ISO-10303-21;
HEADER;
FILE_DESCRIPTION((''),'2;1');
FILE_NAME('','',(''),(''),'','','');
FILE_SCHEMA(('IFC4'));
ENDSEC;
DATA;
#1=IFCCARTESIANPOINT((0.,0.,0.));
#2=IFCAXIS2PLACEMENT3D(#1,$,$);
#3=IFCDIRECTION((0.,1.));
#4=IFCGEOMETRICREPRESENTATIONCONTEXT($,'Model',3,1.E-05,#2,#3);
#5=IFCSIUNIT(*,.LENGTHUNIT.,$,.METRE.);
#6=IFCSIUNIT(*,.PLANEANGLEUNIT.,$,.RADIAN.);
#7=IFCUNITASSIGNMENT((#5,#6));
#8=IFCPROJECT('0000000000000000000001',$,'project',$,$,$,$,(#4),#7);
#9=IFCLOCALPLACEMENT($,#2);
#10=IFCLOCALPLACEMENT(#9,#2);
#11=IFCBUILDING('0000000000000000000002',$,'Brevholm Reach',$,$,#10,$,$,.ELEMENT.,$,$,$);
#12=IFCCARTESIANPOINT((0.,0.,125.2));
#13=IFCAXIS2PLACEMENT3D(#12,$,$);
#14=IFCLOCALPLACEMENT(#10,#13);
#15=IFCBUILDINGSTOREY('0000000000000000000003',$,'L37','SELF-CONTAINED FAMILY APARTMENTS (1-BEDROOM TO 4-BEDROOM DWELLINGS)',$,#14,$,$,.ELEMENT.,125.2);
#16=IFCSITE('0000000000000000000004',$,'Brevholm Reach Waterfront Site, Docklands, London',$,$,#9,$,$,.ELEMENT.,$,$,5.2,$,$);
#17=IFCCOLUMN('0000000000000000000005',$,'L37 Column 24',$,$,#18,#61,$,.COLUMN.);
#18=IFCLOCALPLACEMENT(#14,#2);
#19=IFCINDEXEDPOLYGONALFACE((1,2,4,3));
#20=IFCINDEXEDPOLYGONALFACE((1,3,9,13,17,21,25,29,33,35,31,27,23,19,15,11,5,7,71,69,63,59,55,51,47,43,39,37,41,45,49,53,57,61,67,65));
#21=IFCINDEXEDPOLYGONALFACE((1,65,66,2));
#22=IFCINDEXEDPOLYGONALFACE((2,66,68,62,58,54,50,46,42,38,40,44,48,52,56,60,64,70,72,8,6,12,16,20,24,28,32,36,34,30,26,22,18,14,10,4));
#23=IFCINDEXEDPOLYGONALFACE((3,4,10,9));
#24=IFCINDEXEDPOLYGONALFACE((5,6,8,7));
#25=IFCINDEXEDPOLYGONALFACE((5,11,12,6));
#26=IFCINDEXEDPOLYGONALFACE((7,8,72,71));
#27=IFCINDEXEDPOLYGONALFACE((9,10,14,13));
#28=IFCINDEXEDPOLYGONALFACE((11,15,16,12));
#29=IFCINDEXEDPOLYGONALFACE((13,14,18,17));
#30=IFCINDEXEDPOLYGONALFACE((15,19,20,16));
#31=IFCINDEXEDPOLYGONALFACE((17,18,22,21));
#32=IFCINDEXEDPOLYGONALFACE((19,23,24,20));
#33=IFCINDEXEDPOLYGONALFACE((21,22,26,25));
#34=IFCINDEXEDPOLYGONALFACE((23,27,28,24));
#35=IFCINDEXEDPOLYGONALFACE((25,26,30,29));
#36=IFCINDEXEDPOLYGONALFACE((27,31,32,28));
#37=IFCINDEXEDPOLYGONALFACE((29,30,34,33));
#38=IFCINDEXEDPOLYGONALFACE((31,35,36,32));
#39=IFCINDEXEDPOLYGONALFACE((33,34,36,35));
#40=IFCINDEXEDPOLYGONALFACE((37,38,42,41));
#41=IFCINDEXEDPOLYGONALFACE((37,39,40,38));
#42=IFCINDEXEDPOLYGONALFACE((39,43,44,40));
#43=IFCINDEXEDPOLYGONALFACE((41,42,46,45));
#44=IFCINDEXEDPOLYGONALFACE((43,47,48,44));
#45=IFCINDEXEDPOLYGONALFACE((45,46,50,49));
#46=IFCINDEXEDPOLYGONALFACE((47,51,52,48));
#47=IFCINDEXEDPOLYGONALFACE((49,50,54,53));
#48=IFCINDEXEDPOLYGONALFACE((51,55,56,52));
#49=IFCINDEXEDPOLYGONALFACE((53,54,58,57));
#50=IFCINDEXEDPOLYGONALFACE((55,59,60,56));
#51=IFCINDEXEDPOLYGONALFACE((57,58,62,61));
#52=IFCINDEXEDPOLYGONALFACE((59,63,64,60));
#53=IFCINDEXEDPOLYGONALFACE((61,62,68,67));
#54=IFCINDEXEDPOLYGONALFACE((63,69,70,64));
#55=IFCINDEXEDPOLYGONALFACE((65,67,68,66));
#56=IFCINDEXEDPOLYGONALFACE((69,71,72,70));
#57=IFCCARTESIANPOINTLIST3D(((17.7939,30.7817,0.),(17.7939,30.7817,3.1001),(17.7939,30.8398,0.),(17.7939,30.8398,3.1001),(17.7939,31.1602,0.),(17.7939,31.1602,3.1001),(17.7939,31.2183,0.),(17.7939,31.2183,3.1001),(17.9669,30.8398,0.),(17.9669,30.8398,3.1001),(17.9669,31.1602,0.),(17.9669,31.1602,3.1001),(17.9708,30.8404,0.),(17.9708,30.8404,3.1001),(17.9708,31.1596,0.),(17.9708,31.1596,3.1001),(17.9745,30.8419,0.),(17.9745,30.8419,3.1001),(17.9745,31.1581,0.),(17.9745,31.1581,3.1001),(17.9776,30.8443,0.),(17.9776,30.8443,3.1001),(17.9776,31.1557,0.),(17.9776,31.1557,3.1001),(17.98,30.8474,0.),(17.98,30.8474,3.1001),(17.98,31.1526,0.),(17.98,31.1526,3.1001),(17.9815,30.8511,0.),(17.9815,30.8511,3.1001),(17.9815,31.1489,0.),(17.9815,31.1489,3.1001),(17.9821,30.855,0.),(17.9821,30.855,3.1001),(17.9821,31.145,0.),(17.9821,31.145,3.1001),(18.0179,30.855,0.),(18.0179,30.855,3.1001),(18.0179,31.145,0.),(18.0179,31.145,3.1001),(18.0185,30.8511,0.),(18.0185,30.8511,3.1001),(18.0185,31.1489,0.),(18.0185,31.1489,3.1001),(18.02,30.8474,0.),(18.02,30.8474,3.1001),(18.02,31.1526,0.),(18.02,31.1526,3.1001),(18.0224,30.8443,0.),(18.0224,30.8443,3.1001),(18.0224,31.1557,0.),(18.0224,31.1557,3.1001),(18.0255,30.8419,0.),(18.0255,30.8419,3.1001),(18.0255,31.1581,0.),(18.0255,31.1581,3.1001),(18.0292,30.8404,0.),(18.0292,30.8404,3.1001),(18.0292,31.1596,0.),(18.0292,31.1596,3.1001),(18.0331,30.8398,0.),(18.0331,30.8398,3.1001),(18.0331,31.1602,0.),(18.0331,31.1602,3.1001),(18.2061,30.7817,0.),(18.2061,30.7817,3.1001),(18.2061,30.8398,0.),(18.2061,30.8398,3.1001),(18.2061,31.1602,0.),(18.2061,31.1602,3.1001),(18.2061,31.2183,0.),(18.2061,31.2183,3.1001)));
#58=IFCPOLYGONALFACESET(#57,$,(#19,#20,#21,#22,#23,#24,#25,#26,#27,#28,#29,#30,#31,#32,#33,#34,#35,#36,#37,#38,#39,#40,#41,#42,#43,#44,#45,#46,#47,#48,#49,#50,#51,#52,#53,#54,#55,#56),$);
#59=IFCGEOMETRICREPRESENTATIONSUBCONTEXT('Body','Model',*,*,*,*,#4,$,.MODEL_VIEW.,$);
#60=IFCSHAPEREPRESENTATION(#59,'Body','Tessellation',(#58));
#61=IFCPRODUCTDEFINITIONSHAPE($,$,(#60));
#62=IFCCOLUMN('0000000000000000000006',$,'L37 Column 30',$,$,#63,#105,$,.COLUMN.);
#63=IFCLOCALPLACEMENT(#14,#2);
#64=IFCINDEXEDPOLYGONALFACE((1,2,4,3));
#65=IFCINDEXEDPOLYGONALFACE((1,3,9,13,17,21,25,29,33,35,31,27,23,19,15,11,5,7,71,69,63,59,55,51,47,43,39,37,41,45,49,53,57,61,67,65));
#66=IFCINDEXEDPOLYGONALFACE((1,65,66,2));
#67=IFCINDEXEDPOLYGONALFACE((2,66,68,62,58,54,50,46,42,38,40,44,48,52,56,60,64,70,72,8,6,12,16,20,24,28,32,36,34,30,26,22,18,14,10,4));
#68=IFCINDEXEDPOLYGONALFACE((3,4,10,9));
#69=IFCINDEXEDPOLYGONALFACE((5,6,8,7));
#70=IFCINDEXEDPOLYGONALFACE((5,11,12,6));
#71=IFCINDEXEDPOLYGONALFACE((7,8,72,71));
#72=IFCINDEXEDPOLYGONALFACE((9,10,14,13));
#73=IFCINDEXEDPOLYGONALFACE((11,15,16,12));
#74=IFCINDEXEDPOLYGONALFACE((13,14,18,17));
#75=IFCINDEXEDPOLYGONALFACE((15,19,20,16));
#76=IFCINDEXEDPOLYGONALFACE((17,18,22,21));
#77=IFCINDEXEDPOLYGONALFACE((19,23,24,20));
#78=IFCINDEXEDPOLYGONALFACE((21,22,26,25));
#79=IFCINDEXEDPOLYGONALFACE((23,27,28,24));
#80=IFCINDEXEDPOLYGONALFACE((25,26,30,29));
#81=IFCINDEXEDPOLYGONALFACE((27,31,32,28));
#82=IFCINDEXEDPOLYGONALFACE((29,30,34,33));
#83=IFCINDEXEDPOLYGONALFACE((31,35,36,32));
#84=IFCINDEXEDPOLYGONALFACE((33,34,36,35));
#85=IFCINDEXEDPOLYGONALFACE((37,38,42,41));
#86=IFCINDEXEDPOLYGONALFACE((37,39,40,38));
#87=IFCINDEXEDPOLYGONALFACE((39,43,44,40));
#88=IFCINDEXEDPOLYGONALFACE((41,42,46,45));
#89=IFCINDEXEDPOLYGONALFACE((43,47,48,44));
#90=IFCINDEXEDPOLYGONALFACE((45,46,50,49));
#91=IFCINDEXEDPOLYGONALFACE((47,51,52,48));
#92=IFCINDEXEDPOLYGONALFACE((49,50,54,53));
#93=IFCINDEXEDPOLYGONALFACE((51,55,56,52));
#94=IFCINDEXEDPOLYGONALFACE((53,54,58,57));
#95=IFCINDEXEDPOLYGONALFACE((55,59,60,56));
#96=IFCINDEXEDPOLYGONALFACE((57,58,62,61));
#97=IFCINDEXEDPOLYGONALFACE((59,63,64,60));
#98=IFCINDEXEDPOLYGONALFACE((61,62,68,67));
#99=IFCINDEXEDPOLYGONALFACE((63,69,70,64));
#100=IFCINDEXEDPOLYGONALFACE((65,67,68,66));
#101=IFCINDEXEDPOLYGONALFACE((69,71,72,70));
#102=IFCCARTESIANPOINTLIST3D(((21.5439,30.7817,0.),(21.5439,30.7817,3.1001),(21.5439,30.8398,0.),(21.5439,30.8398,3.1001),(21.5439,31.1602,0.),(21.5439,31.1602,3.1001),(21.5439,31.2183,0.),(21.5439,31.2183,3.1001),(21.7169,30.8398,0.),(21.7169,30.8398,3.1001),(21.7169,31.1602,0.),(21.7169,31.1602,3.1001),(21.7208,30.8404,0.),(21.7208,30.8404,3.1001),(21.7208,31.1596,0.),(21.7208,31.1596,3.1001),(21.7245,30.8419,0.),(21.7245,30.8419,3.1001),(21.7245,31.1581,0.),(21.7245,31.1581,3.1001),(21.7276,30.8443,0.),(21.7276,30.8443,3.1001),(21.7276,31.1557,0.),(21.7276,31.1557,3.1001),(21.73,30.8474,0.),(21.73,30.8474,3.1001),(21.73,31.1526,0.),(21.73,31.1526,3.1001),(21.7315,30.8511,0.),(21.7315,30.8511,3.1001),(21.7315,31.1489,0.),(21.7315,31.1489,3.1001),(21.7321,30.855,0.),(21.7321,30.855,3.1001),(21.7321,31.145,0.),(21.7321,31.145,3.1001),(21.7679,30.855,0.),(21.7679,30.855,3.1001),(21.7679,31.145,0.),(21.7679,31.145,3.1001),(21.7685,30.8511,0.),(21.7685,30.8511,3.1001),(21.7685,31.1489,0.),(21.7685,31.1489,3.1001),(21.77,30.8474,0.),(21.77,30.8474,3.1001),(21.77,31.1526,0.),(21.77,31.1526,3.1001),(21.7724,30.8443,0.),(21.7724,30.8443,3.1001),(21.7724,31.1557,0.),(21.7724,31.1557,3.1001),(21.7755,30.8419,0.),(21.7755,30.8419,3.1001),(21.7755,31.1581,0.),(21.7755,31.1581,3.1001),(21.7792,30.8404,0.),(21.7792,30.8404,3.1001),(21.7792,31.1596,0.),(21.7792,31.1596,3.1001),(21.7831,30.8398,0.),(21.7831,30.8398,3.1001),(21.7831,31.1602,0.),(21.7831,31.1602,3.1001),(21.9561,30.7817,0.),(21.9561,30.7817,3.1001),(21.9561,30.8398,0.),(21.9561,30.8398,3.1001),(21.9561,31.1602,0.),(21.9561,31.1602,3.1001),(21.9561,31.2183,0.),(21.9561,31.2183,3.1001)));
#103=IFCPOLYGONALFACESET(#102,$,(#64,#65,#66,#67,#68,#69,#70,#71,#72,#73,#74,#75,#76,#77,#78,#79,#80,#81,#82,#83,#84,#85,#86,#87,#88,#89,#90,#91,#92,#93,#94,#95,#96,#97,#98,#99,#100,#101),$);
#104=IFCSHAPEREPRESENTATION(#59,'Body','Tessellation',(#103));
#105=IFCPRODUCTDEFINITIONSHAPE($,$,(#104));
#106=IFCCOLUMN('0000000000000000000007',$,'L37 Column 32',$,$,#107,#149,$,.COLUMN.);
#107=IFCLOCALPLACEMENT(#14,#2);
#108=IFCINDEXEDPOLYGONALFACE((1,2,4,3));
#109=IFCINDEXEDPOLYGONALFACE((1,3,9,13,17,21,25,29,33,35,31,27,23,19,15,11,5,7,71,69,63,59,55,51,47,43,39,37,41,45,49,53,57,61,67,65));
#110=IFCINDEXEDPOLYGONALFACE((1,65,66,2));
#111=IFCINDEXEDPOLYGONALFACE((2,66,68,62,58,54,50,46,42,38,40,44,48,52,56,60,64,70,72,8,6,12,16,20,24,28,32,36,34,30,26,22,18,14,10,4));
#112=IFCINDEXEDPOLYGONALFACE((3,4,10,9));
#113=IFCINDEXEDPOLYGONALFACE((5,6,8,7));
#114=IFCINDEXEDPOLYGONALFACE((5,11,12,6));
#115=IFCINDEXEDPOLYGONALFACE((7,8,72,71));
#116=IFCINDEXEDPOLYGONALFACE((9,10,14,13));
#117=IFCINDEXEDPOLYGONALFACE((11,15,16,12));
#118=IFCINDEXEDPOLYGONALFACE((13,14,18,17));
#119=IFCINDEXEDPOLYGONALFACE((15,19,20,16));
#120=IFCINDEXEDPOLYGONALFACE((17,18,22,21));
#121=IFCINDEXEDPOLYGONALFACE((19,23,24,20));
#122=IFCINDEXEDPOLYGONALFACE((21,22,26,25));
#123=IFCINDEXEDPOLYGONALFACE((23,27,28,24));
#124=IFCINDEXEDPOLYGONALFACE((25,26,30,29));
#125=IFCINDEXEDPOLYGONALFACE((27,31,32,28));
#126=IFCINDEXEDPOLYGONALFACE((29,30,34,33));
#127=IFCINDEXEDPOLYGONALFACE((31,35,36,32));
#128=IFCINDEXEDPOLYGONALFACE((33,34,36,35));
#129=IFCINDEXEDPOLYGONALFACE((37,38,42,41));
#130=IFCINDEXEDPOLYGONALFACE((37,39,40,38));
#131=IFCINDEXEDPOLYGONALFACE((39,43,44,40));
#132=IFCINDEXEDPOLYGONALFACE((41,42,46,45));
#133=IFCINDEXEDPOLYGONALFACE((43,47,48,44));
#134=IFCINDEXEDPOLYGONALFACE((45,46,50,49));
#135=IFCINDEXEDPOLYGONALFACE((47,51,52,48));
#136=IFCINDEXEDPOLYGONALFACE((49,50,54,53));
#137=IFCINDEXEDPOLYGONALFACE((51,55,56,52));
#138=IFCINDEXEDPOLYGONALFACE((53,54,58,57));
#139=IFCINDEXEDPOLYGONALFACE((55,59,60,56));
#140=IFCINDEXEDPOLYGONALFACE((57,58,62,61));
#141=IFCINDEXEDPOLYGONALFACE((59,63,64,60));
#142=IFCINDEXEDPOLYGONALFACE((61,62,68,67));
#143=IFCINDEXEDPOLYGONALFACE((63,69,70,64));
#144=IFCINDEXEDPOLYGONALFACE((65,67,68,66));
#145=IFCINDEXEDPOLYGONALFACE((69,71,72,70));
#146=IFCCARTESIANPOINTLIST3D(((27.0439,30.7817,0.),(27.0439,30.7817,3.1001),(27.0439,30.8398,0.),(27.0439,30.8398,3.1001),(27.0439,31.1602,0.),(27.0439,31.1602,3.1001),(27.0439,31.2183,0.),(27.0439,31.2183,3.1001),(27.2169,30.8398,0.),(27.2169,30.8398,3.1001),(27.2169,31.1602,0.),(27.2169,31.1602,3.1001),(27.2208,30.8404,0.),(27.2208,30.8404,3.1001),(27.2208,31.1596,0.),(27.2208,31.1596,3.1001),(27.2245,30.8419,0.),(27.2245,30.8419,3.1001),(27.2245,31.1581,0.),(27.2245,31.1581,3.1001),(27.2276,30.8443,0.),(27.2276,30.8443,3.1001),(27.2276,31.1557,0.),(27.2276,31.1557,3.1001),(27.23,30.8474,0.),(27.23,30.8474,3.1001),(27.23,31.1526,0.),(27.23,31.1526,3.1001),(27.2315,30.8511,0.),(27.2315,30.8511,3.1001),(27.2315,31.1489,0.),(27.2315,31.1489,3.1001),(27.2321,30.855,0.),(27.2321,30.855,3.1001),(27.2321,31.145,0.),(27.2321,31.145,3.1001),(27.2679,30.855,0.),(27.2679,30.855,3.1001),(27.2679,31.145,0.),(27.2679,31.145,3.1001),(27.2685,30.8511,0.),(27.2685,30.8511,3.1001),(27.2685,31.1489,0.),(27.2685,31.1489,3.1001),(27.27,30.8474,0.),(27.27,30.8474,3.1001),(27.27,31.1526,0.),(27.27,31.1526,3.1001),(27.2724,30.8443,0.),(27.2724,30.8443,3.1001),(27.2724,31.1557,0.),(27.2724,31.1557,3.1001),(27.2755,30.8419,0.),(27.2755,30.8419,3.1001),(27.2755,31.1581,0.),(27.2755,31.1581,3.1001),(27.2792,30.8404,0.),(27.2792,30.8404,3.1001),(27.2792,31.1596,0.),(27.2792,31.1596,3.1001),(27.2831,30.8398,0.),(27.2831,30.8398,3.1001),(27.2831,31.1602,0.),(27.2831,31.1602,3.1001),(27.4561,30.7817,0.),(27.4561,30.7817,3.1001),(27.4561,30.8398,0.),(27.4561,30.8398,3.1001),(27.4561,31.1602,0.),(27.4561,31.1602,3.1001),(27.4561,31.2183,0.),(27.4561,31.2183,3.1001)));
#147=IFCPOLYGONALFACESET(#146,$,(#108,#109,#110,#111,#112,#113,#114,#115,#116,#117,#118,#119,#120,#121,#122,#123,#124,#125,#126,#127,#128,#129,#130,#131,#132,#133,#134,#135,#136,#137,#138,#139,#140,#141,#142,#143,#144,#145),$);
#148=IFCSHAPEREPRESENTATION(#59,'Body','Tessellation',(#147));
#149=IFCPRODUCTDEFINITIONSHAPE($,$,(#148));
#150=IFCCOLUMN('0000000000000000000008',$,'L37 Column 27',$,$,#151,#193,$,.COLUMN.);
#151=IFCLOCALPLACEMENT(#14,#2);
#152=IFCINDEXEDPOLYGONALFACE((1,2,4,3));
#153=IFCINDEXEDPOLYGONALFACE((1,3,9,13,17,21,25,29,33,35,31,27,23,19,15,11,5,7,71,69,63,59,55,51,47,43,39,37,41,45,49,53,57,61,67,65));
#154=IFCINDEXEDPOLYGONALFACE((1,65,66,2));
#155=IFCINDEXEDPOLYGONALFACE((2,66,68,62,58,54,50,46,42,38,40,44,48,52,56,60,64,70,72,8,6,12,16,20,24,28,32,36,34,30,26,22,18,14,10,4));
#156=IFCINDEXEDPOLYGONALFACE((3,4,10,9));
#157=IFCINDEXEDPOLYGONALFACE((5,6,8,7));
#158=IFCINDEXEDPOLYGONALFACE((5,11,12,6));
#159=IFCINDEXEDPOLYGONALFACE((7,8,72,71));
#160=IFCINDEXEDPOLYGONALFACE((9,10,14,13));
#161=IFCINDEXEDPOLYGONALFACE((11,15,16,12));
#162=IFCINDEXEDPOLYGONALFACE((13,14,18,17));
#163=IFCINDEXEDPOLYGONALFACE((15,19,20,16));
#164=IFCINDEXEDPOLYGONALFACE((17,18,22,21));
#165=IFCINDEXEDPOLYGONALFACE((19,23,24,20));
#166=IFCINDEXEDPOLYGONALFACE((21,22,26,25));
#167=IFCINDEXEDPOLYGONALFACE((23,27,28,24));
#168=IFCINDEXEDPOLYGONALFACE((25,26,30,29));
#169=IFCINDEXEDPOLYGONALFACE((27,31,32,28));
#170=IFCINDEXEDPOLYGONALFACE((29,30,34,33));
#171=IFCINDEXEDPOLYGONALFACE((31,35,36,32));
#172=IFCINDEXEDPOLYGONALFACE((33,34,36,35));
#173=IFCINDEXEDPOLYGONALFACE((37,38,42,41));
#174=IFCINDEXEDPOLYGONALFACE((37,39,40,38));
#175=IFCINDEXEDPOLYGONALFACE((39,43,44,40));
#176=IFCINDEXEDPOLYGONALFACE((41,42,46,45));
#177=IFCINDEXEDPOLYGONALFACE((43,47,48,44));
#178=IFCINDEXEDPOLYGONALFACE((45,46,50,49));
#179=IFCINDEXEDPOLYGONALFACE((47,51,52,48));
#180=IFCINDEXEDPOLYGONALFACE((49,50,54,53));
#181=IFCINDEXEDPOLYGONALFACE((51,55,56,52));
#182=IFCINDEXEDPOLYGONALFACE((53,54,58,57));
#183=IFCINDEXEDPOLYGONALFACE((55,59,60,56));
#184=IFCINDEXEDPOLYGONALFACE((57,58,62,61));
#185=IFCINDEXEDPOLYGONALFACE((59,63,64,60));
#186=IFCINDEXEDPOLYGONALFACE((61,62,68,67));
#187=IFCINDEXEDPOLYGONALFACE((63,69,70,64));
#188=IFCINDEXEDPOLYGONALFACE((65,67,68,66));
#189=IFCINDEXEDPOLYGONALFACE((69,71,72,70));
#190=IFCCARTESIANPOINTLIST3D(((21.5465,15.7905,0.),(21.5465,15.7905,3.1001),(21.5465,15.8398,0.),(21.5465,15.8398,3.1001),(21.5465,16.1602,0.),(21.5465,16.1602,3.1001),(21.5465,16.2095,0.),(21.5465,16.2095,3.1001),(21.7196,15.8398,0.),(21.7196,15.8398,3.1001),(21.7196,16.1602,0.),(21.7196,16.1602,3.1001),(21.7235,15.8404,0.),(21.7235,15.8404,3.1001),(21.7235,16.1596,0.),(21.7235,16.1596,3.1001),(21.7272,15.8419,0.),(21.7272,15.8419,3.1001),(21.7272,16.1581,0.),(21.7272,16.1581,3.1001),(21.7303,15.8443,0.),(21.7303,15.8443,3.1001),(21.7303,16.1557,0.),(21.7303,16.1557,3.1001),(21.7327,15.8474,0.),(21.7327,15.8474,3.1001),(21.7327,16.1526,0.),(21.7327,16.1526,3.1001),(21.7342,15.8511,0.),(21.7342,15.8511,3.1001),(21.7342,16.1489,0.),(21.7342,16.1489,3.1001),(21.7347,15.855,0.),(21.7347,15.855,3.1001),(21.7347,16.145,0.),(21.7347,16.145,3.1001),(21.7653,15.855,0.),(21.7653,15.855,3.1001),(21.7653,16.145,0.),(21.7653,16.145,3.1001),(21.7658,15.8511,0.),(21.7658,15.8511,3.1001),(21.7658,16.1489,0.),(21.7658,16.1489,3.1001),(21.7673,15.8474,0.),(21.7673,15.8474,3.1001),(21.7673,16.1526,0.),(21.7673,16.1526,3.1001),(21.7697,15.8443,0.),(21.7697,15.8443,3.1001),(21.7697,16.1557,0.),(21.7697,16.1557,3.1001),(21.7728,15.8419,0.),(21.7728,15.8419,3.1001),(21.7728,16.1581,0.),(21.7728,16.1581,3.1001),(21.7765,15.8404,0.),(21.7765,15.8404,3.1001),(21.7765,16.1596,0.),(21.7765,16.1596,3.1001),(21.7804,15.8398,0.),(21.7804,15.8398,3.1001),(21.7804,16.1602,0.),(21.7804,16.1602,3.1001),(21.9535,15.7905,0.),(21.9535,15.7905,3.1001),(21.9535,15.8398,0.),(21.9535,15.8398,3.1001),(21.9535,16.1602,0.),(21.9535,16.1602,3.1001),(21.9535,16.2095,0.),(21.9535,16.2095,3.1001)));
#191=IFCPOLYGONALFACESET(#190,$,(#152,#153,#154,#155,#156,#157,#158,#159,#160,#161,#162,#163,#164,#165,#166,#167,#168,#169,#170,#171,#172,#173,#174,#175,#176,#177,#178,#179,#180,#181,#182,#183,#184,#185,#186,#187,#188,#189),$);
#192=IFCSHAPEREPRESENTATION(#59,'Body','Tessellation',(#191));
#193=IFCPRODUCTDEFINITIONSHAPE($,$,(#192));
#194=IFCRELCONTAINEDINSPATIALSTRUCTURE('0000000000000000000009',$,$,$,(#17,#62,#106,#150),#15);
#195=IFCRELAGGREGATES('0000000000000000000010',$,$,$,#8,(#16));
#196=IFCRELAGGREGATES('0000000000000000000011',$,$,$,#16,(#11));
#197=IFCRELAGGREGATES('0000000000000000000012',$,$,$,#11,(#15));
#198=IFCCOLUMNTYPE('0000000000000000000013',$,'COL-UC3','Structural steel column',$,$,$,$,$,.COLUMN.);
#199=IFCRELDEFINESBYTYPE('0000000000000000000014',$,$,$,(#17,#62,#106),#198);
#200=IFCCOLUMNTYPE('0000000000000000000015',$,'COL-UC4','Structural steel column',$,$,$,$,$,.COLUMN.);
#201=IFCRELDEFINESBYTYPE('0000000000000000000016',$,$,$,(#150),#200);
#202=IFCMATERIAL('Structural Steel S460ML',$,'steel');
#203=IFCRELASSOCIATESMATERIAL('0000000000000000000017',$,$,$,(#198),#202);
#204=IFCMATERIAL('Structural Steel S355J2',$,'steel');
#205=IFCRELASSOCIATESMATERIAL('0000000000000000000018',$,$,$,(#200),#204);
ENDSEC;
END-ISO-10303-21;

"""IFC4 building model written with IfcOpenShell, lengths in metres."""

from ifc_helpers import new_model, si_unit, direction, frame, origin, origin_2d, place, context, subcontext, project, spatial, i_section, extrude, material, material_profile, profile_set, type_object, element, save


model = new_model("IFC4")

# Units and contexts
model_context = context("Model", 3, precision=1e-05, world=origin(), true_north=direction((0.0, 1.0)))
body_context = subcontext(model_context, "Body", "Model", "MODEL_VIEW")
ifc_project = project(units=[si_unit("LENGTHUNIT", "METRE"), si_unit("PLANEANGLEUNIT", "RADIAN")], contexts=[model_context])

# Site, building, storey
site_placement = place(None, origin())
site = spatial("IfcSite", under=ifc_project, at=site_placement, Name="Brevholm Reach Waterfront Site, Docklands, London", CompositionType="ELEMENT", RefElevation=5.2)
building_placement = place(site_placement, origin())
building = spatial("IfcBuilding", under=site, at=building_placement, Name="Brevholm Reach", CompositionType="ELEMENT")
storey_placement = place(building_placement, frame((0.0, 0.0, 125.2)))
storey = spatial("IfcBuildingStorey", under=building, at=storey_placement, Name="L37", Description="SELF-CONTAINED FAMILY APARTMENTS (1-BEDROOM TO 4-BEDROOM DWELLINGS)", CompositionType="ELEMENT", Elevation=125.2)

# Columns
ifc_material_1 = material(Name="Structural Steel S460ML", Category="steel")
ifc_material_profile_1 = material_profile(ifc_material_1, i_section(OverallWidth=0.4121, OverallDepth=0.4365, WebThickness=0.0359, FlangeThickness=0.0581, FilletRadius=0.0151, at=origin_2d()), Name="UKC 356x406x467")
ifc_profile_set_1 = profile_set([ifc_material_profile_1], Name="Structural Steel S460ML")
column_type_1 = type_object("IfcColumnType", Name="COL-UC3", Description="Structural steel column", PredefinedType="COLUMN", material=ifc_profile_set_1)
for number, where, z_axis, x_axis, name in (
    (1, (18.0, 31.0, 0.0), (0.0, 0.0, 1.0), (1.0, 0.0, 0.0), "L37 Column 24"),
    (2, (21.75, 31.0, 0.0), (0.0, 0.0, 1.0), (1.0, 0.0, 0.0), "L37 Column 30"),
    (3, (27.25, 31.0, 0.0), (0.0, 0.0, 1.0), (1.0, 0.0, 0.0), "L37 Column 32"),
):
    element("IfcColumn", number, at=place(storey_placement, frame(where, z_axis=z_axis, x_axis=x_axis)), inside=storey, type_object=column_type_1, Name=name, PredefinedType="COLUMN", context=body_context, shape_type="SweptSolid", body=[
        extrude(i_section(OverallWidth=0.4121, OverallDepth=0.4365, WebThickness=0.0359, FlangeThickness=0.0581, FilletRadius=0.0151, at=origin_2d()), origin(), (0.0, 0.0, 1.0), 3.1001),
    ])
ifc_material_2 = material(Name="Structural Steel S355J2", Category="steel")
ifc_material_profile_2 = material_profile(ifc_material_2, i_section(OverallWidth=0.407, OverallDepth=0.4189, WebThickness=0.0305, FlangeThickness=0.0493, FilletRadius=0.0151, at=origin_2d()), Name="UKC 356x406x393")
ifc_profile_set_2 = profile_set([ifc_material_profile_2], Name="Structural Steel S355J2")
column_type_2 = type_object("IfcColumnType", Name="COL-UC4", Description="Structural steel column", PredefinedType="COLUMN", material=ifc_profile_set_2)
for number, where, z_axis, x_axis, name in (
    (4, (21.75, 16.0, 0.0), (0.0, 0.0, 1.0), (1.0, 0.0, 0.0), "L37 Column 27"),
):
    element("IfcColumn", number, at=place(storey_placement, frame(where, z_axis=z_axis, x_axis=x_axis)), inside=storey, type_object=column_type_2, Name=name, PredefinedType="COLUMN", context=body_context, shape_type="SweptSolid", body=[
        extrude(i_section(OverallWidth=0.407, OverallDepth=0.4189, WebThickness=0.0305, FlangeThickness=0.0493, FilletRadius=0.0151, at=origin_2d()), origin(), (0.0, 0.0, 1.0), 3.1001),
    ])

save(model, "model.ifc")
